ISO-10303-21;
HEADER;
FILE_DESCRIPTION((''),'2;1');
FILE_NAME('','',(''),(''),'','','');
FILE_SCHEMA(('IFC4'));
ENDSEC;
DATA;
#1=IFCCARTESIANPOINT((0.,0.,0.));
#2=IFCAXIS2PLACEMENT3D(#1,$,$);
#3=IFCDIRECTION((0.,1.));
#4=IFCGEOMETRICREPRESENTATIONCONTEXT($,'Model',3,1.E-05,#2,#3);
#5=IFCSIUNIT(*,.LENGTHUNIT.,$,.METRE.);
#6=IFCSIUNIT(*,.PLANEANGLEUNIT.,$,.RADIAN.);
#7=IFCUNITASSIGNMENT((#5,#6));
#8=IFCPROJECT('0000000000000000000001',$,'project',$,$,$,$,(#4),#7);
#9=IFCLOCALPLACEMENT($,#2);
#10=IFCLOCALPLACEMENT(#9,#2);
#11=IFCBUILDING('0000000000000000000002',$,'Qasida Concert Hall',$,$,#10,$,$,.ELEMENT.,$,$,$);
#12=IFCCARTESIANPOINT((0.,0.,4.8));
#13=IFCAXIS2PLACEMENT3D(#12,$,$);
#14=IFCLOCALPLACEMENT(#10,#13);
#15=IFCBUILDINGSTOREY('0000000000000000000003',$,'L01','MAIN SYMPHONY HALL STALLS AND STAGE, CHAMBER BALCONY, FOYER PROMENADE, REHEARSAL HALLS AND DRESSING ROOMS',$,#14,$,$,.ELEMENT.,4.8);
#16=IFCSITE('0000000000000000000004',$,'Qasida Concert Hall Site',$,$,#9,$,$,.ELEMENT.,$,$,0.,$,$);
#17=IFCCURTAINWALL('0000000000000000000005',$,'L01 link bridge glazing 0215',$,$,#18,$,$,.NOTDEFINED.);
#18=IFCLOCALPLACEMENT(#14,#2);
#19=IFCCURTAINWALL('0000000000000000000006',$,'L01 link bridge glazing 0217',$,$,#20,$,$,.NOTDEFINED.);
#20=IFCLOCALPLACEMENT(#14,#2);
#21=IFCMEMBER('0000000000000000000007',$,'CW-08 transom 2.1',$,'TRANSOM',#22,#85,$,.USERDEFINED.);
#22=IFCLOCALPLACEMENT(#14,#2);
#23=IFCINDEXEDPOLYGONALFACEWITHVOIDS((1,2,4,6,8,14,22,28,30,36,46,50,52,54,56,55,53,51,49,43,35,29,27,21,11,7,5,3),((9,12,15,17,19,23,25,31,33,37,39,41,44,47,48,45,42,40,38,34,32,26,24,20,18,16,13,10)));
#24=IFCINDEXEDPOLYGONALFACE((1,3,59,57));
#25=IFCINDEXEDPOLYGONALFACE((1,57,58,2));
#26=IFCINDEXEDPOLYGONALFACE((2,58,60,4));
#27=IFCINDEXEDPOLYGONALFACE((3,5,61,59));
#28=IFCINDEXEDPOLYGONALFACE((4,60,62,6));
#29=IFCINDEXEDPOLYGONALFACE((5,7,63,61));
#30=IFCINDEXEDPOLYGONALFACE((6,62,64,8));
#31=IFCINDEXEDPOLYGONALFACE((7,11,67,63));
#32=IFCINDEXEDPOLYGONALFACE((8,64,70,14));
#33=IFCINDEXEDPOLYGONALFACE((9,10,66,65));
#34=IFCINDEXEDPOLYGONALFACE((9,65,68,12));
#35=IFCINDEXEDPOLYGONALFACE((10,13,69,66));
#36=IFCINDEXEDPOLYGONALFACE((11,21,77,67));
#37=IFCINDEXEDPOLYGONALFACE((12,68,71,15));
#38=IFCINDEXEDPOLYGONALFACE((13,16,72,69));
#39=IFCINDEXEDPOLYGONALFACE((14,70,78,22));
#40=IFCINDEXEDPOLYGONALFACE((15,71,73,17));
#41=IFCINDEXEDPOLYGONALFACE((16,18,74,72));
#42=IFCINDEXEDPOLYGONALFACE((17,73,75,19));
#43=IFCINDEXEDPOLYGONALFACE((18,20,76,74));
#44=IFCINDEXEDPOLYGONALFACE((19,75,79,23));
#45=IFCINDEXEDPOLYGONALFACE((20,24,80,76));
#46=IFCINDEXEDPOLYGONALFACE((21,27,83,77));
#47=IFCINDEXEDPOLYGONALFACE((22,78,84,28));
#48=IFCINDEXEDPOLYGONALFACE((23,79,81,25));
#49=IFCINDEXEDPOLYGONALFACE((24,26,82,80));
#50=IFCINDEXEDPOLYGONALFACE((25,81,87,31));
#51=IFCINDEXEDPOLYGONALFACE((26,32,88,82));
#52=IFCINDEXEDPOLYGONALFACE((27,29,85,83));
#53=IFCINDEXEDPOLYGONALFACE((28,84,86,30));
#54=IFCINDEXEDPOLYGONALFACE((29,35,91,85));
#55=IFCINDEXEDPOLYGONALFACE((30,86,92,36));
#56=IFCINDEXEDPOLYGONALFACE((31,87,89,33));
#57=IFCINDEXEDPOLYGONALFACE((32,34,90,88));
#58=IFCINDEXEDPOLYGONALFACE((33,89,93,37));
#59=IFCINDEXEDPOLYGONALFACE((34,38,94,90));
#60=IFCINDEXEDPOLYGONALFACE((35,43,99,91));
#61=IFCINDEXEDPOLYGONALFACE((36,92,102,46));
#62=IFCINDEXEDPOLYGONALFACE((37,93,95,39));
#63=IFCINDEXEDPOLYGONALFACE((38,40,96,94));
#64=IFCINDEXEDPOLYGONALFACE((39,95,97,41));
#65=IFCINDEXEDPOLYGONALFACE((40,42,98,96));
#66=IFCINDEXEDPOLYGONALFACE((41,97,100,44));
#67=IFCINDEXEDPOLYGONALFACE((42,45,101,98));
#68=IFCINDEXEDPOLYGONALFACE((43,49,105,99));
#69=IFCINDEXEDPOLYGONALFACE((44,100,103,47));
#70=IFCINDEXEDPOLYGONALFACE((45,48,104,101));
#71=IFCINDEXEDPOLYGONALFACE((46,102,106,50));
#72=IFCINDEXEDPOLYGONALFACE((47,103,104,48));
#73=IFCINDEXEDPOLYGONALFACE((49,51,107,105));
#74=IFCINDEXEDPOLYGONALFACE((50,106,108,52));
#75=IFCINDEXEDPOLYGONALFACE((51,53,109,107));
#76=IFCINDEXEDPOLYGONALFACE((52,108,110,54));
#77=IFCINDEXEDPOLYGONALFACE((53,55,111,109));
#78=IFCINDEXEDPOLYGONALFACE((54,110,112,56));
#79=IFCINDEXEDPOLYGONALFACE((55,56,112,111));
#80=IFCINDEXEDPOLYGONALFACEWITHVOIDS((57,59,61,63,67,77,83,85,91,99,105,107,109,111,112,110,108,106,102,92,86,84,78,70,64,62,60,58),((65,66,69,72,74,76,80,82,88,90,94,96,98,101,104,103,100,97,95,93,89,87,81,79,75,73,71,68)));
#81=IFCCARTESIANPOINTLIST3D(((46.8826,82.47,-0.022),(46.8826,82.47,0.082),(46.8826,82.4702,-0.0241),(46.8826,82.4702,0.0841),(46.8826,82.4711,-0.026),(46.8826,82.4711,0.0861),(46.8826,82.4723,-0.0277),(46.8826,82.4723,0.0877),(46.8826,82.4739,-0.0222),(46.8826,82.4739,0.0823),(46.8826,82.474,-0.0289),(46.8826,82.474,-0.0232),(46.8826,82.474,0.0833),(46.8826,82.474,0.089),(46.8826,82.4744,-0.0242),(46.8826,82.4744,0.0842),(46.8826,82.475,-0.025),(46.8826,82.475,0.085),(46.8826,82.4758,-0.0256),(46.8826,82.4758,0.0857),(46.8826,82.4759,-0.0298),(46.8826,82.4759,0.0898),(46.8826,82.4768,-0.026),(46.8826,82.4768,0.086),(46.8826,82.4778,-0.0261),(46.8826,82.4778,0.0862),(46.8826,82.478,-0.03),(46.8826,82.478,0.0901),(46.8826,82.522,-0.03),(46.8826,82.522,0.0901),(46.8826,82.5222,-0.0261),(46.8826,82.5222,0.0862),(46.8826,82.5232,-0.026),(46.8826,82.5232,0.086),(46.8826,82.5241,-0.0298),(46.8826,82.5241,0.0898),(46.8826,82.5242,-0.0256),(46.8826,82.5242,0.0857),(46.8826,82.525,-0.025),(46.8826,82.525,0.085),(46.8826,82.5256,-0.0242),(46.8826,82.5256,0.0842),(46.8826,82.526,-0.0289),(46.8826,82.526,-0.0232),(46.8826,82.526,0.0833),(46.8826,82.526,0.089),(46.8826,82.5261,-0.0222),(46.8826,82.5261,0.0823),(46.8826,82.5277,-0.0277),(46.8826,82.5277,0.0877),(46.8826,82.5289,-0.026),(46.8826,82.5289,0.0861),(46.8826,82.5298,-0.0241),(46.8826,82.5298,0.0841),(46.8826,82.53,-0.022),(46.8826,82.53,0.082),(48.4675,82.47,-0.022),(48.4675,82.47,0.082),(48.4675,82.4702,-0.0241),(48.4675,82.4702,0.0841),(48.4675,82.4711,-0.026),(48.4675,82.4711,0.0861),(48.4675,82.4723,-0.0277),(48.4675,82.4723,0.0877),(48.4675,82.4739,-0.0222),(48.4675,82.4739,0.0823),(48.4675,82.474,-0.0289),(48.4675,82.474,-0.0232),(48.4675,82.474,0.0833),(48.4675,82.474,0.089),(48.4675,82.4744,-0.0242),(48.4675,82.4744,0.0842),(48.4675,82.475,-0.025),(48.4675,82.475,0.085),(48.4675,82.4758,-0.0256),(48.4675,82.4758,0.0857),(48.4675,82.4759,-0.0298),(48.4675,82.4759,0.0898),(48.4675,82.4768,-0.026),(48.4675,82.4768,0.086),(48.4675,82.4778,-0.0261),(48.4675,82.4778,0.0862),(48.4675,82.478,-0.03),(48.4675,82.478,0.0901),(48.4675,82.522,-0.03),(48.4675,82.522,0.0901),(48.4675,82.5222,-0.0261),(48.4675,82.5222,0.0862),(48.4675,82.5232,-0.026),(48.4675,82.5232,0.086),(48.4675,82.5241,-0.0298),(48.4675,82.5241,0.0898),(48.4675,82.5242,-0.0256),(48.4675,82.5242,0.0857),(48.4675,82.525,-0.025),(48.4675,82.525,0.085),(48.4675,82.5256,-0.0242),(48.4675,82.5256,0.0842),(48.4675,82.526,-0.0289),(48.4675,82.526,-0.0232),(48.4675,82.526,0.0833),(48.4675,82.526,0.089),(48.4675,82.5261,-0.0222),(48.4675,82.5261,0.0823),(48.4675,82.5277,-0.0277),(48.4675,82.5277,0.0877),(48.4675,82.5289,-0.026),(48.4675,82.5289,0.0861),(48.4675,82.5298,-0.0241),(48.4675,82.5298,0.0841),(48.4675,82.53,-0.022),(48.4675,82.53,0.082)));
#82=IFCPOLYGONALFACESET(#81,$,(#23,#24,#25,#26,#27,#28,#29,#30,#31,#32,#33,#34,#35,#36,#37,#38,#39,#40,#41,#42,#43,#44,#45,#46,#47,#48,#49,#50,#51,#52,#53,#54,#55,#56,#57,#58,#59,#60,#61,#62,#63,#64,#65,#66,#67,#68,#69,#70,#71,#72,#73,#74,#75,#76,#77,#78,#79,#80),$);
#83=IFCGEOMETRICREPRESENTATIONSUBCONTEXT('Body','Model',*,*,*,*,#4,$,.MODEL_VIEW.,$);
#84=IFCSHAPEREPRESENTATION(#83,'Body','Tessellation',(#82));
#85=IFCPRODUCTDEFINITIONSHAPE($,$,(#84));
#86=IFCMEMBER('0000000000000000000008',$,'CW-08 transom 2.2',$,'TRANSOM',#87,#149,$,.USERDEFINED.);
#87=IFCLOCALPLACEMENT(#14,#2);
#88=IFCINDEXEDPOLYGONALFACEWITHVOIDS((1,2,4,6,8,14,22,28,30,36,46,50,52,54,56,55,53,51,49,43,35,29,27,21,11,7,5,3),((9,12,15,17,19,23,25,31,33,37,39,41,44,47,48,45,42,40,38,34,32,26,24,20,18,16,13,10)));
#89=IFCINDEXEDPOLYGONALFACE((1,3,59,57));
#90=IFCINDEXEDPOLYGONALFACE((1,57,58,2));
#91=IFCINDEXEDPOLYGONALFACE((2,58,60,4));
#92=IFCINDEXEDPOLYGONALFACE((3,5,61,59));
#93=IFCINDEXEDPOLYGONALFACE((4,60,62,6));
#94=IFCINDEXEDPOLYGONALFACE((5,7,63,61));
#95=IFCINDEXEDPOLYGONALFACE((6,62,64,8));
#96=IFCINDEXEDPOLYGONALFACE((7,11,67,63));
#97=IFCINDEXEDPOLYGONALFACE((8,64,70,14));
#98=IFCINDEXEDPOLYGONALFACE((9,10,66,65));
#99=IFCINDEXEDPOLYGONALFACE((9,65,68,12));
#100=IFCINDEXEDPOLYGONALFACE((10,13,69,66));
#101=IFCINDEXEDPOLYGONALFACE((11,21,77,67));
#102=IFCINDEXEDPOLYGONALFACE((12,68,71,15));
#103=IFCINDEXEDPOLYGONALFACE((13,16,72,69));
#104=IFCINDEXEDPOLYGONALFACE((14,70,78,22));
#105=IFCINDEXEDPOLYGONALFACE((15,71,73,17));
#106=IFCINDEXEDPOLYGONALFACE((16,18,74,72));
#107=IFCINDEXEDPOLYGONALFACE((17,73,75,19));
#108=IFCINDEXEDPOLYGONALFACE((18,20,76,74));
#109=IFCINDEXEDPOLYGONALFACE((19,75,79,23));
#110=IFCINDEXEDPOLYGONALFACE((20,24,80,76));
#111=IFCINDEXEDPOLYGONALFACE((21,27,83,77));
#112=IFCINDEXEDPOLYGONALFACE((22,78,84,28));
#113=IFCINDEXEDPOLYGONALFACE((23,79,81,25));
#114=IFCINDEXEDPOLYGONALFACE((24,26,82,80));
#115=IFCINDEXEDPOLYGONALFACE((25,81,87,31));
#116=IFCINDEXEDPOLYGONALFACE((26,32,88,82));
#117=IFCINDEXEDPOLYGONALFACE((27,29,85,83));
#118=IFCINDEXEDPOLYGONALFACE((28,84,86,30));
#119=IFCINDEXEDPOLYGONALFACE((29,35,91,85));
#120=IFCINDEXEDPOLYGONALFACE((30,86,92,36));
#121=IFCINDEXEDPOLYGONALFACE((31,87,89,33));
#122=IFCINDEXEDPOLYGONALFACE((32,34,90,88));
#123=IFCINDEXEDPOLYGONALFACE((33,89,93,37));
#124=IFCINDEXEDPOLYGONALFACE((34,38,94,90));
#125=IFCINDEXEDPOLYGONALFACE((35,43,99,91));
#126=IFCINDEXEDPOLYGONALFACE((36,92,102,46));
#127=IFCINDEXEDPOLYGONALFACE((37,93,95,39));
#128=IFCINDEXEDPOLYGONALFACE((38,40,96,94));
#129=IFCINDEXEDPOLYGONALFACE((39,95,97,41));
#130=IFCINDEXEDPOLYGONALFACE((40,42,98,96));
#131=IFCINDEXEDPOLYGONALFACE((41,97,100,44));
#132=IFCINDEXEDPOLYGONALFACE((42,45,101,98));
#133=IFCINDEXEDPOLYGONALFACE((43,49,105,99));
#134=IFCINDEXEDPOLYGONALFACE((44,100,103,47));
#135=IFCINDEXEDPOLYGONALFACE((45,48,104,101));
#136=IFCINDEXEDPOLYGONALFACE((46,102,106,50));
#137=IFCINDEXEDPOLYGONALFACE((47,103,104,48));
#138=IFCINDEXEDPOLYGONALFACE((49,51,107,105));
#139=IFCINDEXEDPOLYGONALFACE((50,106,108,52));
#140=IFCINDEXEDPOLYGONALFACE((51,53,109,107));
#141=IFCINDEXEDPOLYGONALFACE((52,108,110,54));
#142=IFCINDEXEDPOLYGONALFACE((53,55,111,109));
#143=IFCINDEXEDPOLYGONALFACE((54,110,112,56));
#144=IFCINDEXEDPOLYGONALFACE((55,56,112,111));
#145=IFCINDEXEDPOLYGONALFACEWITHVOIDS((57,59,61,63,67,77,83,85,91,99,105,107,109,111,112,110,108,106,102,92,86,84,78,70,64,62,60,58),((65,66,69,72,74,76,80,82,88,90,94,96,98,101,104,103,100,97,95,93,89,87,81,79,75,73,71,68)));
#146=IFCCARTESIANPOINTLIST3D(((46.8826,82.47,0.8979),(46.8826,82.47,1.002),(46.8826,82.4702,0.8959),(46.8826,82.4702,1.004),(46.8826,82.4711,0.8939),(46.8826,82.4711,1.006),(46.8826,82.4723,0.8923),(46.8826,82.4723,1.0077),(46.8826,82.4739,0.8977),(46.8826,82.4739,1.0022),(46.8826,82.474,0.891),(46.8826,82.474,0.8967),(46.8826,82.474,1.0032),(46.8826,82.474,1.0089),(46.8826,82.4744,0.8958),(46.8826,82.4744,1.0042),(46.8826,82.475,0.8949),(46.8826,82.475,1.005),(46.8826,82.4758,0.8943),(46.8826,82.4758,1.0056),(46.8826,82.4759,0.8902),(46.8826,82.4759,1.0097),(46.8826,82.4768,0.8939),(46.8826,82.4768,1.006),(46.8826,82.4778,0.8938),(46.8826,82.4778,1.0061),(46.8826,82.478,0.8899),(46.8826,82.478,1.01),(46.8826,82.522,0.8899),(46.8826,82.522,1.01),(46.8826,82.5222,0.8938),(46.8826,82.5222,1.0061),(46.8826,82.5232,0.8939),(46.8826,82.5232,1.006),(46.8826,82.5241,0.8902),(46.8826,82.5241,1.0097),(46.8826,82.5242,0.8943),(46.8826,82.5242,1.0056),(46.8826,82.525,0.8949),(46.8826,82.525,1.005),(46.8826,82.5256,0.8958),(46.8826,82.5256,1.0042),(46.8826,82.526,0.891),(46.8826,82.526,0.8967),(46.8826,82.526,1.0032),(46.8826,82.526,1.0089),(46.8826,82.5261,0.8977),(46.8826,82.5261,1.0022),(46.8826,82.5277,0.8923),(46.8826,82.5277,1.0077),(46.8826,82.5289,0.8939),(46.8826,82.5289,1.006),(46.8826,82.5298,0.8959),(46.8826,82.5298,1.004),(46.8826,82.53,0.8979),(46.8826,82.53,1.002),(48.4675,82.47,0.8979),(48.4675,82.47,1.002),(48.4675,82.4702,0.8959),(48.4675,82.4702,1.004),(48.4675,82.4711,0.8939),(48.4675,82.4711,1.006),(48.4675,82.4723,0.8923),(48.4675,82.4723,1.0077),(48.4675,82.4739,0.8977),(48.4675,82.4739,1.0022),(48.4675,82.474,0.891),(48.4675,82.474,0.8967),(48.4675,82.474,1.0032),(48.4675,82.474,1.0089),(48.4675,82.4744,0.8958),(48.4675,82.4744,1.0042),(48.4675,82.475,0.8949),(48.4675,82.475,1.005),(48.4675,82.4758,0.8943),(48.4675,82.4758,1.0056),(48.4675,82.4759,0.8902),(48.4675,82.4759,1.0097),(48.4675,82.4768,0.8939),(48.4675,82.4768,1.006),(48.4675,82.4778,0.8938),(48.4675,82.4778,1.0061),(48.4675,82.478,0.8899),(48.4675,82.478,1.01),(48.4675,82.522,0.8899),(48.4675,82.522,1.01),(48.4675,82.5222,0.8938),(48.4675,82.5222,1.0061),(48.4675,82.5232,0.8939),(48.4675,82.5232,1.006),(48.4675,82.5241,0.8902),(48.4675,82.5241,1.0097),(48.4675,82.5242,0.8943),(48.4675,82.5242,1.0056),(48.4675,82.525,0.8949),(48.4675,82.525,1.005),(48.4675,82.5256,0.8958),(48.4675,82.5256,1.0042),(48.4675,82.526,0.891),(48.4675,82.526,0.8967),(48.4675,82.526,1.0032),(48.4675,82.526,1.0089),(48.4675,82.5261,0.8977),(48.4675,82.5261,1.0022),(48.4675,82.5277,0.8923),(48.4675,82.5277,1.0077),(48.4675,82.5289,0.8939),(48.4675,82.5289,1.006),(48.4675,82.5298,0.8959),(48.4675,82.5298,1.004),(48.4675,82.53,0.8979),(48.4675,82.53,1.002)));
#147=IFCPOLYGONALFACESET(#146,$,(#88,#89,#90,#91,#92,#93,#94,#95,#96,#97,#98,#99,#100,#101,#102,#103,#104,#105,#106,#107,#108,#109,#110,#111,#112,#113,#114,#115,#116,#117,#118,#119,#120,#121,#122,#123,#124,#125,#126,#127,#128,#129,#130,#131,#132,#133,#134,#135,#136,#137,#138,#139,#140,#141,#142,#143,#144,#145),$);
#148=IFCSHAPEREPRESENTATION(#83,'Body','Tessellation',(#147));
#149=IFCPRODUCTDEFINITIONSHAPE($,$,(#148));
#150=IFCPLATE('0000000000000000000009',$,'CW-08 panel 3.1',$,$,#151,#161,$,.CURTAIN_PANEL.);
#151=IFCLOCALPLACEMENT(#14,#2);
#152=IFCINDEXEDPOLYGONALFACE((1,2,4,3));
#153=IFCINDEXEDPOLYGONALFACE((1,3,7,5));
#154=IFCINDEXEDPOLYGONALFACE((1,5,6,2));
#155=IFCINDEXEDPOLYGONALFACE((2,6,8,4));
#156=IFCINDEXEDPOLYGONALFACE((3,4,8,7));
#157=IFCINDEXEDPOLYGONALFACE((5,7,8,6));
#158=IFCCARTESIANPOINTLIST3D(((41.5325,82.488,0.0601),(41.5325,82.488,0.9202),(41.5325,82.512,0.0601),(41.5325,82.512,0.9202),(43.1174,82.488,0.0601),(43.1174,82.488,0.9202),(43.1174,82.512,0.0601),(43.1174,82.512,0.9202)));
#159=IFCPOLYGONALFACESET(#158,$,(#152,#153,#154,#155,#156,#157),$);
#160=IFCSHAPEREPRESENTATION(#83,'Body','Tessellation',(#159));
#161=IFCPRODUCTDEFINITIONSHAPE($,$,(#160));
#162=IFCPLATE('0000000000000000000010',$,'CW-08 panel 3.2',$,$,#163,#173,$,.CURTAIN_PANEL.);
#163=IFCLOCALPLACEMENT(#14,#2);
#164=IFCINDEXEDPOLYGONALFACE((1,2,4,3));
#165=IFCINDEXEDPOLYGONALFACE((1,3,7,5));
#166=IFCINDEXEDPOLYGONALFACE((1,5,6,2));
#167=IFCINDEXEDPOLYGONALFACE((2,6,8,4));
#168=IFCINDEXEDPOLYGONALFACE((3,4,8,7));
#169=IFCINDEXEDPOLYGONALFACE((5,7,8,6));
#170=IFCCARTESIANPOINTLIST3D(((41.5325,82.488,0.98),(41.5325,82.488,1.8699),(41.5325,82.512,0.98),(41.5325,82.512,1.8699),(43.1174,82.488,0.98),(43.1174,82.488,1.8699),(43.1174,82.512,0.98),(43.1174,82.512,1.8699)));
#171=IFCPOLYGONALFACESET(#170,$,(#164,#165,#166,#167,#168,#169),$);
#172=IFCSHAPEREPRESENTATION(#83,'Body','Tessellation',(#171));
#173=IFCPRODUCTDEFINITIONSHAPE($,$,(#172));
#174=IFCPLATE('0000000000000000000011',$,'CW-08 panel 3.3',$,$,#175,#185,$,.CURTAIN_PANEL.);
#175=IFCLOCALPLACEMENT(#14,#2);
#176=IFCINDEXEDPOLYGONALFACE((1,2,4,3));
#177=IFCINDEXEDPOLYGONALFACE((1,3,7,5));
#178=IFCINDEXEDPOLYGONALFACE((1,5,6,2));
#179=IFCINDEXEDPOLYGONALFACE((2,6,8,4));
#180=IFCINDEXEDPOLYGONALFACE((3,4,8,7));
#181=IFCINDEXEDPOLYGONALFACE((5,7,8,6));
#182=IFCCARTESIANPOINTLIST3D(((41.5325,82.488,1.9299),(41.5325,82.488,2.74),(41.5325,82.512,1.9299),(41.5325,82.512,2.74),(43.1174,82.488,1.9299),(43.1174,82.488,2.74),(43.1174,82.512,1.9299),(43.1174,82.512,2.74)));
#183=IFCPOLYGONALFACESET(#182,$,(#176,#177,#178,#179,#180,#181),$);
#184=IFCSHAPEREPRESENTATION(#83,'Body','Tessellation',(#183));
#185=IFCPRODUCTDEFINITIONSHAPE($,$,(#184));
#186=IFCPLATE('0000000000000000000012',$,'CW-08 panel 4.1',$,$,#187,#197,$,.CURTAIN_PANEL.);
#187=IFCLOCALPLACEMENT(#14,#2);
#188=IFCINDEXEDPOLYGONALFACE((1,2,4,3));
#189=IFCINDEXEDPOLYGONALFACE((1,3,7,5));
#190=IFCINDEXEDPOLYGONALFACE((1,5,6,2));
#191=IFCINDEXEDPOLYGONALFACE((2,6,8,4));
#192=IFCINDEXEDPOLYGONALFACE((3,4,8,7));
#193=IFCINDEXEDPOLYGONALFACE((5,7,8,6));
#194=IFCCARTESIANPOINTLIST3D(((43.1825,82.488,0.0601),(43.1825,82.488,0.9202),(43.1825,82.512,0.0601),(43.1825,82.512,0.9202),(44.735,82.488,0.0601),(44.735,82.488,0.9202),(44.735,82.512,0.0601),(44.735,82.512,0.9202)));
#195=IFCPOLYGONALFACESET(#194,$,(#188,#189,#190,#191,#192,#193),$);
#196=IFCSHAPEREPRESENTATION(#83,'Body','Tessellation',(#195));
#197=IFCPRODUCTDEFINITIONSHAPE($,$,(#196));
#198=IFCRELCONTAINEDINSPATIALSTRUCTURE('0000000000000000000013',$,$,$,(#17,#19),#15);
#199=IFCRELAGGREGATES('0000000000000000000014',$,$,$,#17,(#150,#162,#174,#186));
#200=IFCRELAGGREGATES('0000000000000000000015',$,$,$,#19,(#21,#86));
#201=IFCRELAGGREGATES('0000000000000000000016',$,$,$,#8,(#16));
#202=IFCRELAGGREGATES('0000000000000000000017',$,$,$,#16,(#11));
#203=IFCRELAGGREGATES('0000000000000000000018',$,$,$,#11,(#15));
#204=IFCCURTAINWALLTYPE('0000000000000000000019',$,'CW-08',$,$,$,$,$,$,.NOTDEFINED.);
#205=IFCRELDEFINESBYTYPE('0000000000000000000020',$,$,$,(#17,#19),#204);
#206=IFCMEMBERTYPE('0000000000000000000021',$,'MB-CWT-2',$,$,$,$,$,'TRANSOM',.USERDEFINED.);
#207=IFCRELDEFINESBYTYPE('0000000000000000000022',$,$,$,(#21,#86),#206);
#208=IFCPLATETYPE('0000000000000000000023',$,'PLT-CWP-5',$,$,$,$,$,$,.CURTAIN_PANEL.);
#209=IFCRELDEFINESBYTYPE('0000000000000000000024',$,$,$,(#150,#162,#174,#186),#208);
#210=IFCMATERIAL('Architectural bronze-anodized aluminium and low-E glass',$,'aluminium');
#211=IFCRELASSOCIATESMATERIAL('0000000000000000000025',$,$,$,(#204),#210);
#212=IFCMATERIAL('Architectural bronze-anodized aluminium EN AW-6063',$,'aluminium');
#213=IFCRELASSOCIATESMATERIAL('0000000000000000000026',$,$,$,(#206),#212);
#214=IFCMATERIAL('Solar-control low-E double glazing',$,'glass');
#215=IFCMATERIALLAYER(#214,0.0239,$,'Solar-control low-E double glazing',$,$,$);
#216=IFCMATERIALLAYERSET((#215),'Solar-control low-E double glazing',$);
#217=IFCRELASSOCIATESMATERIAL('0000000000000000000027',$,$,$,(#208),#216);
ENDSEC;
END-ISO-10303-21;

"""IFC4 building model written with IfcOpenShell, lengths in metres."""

from ifc_helpers import new_model, si_unit, direction, frame, origin, origin_2d, place, context, subcontext, project, spatial, rectangle, hollow_rectangle, extrude, material, layer, layer_set, material_profile, profile_set, type_object, element, aggregate, save


model = new_model("IFC4")

# Units and contexts
model_context = context("Model", 3, precision=1e-05, world=origin(), true_north=direction((0.0, 1.0)))
body_context = subcontext(model_context, "Body", "Model", "MODEL_VIEW")
ifc_project = project(units=[si_unit("LENGTHUNIT", "METRE"), si_unit("PLANEANGLEUNIT", "RADIAN")], contexts=[model_context])

# Site, building, storey
site_placement = place(None, origin())
site = spatial("IfcSite", under=ifc_project, at=site_placement, Name="Qasida Concert Hall Site", CompositionType="ELEMENT", RefElevation=0.0)
building_placement = place(site_placement, origin())
building = spatial("IfcBuilding", under=site, at=building_placement, Name="Qasida Concert Hall", CompositionType="ELEMENT")
storey_placement = place(building_placement, frame((0.0, 0.0, 4.8)))
storey = spatial("IfcBuildingStorey", under=building, at=storey_placement, Name="L01", Description="MAIN SYMPHONY HALL STALLS AND STAGE, CHAMBER BALCONY, FOYER PROMENADE, REHEARSAL HALLS AND DRESSING ROOMS", CompositionType="ELEMENT", Elevation=4.8)

# Curtain walls
ifc_material_1 = material(Name="Architectural bronze-anodized aluminium and low-E glass", Category="aluminium")
curtain_wall_type = type_object("IfcCurtainWallType", Name="CW-08", PredefinedType="NOTDEFINED", material=ifc_material_1)
curtain_wall_1_placement = place(storey_placement, origin())
curtain_wall_1 = element("IfcCurtainWall", 1, at=curtain_wall_1_placement, inside=storey, type_object=curtain_wall_type, Name="L01 link bridge glazing 0215", PredefinedType="NOTDEFINED")
ifc_material_2 = material(Name="Architectural bronze-anodized aluminium EN AW-6063", Category="aluminium")
curtain_wall_2_placement = place(storey_placement, origin())
curtain_wall_2 = element("IfcCurtainWall", 2, at=curtain_wall_2_placement, inside=storey, type_object=curtain_wall_type, Name="L01 link bridge glazing 0217", PredefinedType="NOTDEFINED")

# Members
ifc_material_profile_1 = material_profile(ifc_material_2, hollow_rectangle(XDim=0.0601, YDim=0.1201, WallThickness=0.0039, InnerFilletRadius=0.0039, OuterFilletRadius=0.0081, at=origin_2d()), Name="CWT 120x60x4")
ifc_profile_set_1 = profile_set([ifc_material_profile_1], Name="Architectural bronze-anodized aluminium EN AW-6063")
member_type_1 = type_object("IfcMemberType", Name="MB-CWT-2", ElementType="TRANSOM", PredefinedType="USERDEFINED", material=ifc_profile_set_1)
member_1_placement = place(storey_placement, frame((46.8826, 82.5, 0.03), z_axis=(1.0, 0.0, 0.0), x_axis=(0.0, 1.0, 0.0)))
member_1 = element("IfcMember", 3, at=member_1_placement, type_object=member_type_1, Name="CW-08 transom 2.1", ObjectType="TRANSOM", PredefinedType="USERDEFINED", context=body_context, shape_type="SweptSolid", body=[
    extrude(hollow_rectangle(XDim=0.0601, YDim=0.1201, WallThickness=0.0039, InnerFilletRadius=0.0039, OuterFilletRadius=0.0081, at=origin_2d()), origin(), (0.0, 0.0, 1.0), 1.585),
])
member_2_placement = place(storey_placement, frame((46.8826, 82.5, 0.95), z_axis=(1.0, 0.0, 0.0), x_axis=(0.0, 1.0, 0.0)))
member_2 = element("IfcMember", 4, at=member_2_placement, type_object=member_type_1, Name="CW-08 transom 2.2", ObjectType="TRANSOM", PredefinedType="USERDEFINED", context=body_context, shape_type="SweptSolid", body=[
    extrude(hollow_rectangle(XDim=0.0601, YDim=0.1201, WallThickness=0.0039, InnerFilletRadius=0.0039, OuterFilletRadius=0.0081, at=origin_2d()), origin(), (0.0, 0.0, 1.0), 1.585),
])

# Plates
ifc_material_3 = material(Name="Solar-control low-E double glazing", Category="glass")
ifc_layer = layer(ifc_material_3, 0.0239, Name="Solar-control low-E double glazing")
ifc_layer_set = layer_set([ifc_layer], Name="Solar-control low-E double glazing")
plate_type = type_object("IfcPlateType", Name="PLT-CWP-5", PredefinedType="CURTAIN_PANEL", material=ifc_layer_set)
plate_1_placement = place(storey_placement, frame((42.325, 82.5, 0.0601), z_axis=(0.0, 0.0, 1.0), x_axis=(1.0, 0.0, 0.0)))
plate_1 = element("IfcPlate", 5, at=plate_1_placement, type_object=plate_type, Name="CW-08 panel 3.1", PredefinedType="CURTAIN_PANEL", context=body_context, shape_type="SweptSolid", body=[
    extrude(rectangle(XDim=1.585, YDim=0.0239, at=origin_2d()), origin(), (0.0, 0.0, 1.0), 0.8601),
])
plate_2_placement = place(storey_placement, frame((42.325, 82.5, 0.98), z_axis=(0.0, 0.0, 1.0), x_axis=(1.0, 0.0, 0.0)))
plate_2 = element("IfcPlate", 6, at=plate_2_placement, type_object=plate_type, Name="CW-08 panel 3.2", PredefinedType="CURTAIN_PANEL", context=body_context, shape_type="SweptSolid", body=[
    extrude(rectangle(XDim=1.585, YDim=0.0239, at=origin_2d()), origin(), (0.0, 0.0, 1.0), 0.8899),
])
plate_3_placement = place(storey_placement, frame((42.325, 82.5, 1.9299), z_axis=(0.0, 0.0, 1.0), x_axis=(1.0, 0.0, 0.0)))
plate_3 = element("IfcPlate", 7, at=plate_3_placement, type_object=plate_type, Name="CW-08 panel 3.3", PredefinedType="CURTAIN_PANEL", context=body_context, shape_type="SweptSolid", body=[
    extrude(rectangle(XDim=1.585, YDim=0.0239, at=origin_2d()), origin(), (0.0, 0.0, 1.0), 0.8101),
])
plate_4_placement = place(storey_placement, frame((43.9587, 82.5, 0.0601), z_axis=(0.0, 0.0, 1.0), x_axis=(1.0, 0.0, 0.0)))
plate_4 = element("IfcPlate", 8, at=plate_4_placement, type_object=plate_type, Name="CW-08 panel 4.1", PredefinedType="CURTAIN_PANEL", context=body_context, shape_type="SweptSolid", body=[
    extrude(rectangle(XDim=1.5525, YDim=0.0239, at=origin_2d()), origin(), (0.0, 0.0, 1.0), 0.8601),
])
aggregate(curtain_wall_1, [plate_1, plate_2, plate_3, plate_4])
aggregate(curtain_wall_2, [member_1, member_2])

save(model, "model.ifc")
